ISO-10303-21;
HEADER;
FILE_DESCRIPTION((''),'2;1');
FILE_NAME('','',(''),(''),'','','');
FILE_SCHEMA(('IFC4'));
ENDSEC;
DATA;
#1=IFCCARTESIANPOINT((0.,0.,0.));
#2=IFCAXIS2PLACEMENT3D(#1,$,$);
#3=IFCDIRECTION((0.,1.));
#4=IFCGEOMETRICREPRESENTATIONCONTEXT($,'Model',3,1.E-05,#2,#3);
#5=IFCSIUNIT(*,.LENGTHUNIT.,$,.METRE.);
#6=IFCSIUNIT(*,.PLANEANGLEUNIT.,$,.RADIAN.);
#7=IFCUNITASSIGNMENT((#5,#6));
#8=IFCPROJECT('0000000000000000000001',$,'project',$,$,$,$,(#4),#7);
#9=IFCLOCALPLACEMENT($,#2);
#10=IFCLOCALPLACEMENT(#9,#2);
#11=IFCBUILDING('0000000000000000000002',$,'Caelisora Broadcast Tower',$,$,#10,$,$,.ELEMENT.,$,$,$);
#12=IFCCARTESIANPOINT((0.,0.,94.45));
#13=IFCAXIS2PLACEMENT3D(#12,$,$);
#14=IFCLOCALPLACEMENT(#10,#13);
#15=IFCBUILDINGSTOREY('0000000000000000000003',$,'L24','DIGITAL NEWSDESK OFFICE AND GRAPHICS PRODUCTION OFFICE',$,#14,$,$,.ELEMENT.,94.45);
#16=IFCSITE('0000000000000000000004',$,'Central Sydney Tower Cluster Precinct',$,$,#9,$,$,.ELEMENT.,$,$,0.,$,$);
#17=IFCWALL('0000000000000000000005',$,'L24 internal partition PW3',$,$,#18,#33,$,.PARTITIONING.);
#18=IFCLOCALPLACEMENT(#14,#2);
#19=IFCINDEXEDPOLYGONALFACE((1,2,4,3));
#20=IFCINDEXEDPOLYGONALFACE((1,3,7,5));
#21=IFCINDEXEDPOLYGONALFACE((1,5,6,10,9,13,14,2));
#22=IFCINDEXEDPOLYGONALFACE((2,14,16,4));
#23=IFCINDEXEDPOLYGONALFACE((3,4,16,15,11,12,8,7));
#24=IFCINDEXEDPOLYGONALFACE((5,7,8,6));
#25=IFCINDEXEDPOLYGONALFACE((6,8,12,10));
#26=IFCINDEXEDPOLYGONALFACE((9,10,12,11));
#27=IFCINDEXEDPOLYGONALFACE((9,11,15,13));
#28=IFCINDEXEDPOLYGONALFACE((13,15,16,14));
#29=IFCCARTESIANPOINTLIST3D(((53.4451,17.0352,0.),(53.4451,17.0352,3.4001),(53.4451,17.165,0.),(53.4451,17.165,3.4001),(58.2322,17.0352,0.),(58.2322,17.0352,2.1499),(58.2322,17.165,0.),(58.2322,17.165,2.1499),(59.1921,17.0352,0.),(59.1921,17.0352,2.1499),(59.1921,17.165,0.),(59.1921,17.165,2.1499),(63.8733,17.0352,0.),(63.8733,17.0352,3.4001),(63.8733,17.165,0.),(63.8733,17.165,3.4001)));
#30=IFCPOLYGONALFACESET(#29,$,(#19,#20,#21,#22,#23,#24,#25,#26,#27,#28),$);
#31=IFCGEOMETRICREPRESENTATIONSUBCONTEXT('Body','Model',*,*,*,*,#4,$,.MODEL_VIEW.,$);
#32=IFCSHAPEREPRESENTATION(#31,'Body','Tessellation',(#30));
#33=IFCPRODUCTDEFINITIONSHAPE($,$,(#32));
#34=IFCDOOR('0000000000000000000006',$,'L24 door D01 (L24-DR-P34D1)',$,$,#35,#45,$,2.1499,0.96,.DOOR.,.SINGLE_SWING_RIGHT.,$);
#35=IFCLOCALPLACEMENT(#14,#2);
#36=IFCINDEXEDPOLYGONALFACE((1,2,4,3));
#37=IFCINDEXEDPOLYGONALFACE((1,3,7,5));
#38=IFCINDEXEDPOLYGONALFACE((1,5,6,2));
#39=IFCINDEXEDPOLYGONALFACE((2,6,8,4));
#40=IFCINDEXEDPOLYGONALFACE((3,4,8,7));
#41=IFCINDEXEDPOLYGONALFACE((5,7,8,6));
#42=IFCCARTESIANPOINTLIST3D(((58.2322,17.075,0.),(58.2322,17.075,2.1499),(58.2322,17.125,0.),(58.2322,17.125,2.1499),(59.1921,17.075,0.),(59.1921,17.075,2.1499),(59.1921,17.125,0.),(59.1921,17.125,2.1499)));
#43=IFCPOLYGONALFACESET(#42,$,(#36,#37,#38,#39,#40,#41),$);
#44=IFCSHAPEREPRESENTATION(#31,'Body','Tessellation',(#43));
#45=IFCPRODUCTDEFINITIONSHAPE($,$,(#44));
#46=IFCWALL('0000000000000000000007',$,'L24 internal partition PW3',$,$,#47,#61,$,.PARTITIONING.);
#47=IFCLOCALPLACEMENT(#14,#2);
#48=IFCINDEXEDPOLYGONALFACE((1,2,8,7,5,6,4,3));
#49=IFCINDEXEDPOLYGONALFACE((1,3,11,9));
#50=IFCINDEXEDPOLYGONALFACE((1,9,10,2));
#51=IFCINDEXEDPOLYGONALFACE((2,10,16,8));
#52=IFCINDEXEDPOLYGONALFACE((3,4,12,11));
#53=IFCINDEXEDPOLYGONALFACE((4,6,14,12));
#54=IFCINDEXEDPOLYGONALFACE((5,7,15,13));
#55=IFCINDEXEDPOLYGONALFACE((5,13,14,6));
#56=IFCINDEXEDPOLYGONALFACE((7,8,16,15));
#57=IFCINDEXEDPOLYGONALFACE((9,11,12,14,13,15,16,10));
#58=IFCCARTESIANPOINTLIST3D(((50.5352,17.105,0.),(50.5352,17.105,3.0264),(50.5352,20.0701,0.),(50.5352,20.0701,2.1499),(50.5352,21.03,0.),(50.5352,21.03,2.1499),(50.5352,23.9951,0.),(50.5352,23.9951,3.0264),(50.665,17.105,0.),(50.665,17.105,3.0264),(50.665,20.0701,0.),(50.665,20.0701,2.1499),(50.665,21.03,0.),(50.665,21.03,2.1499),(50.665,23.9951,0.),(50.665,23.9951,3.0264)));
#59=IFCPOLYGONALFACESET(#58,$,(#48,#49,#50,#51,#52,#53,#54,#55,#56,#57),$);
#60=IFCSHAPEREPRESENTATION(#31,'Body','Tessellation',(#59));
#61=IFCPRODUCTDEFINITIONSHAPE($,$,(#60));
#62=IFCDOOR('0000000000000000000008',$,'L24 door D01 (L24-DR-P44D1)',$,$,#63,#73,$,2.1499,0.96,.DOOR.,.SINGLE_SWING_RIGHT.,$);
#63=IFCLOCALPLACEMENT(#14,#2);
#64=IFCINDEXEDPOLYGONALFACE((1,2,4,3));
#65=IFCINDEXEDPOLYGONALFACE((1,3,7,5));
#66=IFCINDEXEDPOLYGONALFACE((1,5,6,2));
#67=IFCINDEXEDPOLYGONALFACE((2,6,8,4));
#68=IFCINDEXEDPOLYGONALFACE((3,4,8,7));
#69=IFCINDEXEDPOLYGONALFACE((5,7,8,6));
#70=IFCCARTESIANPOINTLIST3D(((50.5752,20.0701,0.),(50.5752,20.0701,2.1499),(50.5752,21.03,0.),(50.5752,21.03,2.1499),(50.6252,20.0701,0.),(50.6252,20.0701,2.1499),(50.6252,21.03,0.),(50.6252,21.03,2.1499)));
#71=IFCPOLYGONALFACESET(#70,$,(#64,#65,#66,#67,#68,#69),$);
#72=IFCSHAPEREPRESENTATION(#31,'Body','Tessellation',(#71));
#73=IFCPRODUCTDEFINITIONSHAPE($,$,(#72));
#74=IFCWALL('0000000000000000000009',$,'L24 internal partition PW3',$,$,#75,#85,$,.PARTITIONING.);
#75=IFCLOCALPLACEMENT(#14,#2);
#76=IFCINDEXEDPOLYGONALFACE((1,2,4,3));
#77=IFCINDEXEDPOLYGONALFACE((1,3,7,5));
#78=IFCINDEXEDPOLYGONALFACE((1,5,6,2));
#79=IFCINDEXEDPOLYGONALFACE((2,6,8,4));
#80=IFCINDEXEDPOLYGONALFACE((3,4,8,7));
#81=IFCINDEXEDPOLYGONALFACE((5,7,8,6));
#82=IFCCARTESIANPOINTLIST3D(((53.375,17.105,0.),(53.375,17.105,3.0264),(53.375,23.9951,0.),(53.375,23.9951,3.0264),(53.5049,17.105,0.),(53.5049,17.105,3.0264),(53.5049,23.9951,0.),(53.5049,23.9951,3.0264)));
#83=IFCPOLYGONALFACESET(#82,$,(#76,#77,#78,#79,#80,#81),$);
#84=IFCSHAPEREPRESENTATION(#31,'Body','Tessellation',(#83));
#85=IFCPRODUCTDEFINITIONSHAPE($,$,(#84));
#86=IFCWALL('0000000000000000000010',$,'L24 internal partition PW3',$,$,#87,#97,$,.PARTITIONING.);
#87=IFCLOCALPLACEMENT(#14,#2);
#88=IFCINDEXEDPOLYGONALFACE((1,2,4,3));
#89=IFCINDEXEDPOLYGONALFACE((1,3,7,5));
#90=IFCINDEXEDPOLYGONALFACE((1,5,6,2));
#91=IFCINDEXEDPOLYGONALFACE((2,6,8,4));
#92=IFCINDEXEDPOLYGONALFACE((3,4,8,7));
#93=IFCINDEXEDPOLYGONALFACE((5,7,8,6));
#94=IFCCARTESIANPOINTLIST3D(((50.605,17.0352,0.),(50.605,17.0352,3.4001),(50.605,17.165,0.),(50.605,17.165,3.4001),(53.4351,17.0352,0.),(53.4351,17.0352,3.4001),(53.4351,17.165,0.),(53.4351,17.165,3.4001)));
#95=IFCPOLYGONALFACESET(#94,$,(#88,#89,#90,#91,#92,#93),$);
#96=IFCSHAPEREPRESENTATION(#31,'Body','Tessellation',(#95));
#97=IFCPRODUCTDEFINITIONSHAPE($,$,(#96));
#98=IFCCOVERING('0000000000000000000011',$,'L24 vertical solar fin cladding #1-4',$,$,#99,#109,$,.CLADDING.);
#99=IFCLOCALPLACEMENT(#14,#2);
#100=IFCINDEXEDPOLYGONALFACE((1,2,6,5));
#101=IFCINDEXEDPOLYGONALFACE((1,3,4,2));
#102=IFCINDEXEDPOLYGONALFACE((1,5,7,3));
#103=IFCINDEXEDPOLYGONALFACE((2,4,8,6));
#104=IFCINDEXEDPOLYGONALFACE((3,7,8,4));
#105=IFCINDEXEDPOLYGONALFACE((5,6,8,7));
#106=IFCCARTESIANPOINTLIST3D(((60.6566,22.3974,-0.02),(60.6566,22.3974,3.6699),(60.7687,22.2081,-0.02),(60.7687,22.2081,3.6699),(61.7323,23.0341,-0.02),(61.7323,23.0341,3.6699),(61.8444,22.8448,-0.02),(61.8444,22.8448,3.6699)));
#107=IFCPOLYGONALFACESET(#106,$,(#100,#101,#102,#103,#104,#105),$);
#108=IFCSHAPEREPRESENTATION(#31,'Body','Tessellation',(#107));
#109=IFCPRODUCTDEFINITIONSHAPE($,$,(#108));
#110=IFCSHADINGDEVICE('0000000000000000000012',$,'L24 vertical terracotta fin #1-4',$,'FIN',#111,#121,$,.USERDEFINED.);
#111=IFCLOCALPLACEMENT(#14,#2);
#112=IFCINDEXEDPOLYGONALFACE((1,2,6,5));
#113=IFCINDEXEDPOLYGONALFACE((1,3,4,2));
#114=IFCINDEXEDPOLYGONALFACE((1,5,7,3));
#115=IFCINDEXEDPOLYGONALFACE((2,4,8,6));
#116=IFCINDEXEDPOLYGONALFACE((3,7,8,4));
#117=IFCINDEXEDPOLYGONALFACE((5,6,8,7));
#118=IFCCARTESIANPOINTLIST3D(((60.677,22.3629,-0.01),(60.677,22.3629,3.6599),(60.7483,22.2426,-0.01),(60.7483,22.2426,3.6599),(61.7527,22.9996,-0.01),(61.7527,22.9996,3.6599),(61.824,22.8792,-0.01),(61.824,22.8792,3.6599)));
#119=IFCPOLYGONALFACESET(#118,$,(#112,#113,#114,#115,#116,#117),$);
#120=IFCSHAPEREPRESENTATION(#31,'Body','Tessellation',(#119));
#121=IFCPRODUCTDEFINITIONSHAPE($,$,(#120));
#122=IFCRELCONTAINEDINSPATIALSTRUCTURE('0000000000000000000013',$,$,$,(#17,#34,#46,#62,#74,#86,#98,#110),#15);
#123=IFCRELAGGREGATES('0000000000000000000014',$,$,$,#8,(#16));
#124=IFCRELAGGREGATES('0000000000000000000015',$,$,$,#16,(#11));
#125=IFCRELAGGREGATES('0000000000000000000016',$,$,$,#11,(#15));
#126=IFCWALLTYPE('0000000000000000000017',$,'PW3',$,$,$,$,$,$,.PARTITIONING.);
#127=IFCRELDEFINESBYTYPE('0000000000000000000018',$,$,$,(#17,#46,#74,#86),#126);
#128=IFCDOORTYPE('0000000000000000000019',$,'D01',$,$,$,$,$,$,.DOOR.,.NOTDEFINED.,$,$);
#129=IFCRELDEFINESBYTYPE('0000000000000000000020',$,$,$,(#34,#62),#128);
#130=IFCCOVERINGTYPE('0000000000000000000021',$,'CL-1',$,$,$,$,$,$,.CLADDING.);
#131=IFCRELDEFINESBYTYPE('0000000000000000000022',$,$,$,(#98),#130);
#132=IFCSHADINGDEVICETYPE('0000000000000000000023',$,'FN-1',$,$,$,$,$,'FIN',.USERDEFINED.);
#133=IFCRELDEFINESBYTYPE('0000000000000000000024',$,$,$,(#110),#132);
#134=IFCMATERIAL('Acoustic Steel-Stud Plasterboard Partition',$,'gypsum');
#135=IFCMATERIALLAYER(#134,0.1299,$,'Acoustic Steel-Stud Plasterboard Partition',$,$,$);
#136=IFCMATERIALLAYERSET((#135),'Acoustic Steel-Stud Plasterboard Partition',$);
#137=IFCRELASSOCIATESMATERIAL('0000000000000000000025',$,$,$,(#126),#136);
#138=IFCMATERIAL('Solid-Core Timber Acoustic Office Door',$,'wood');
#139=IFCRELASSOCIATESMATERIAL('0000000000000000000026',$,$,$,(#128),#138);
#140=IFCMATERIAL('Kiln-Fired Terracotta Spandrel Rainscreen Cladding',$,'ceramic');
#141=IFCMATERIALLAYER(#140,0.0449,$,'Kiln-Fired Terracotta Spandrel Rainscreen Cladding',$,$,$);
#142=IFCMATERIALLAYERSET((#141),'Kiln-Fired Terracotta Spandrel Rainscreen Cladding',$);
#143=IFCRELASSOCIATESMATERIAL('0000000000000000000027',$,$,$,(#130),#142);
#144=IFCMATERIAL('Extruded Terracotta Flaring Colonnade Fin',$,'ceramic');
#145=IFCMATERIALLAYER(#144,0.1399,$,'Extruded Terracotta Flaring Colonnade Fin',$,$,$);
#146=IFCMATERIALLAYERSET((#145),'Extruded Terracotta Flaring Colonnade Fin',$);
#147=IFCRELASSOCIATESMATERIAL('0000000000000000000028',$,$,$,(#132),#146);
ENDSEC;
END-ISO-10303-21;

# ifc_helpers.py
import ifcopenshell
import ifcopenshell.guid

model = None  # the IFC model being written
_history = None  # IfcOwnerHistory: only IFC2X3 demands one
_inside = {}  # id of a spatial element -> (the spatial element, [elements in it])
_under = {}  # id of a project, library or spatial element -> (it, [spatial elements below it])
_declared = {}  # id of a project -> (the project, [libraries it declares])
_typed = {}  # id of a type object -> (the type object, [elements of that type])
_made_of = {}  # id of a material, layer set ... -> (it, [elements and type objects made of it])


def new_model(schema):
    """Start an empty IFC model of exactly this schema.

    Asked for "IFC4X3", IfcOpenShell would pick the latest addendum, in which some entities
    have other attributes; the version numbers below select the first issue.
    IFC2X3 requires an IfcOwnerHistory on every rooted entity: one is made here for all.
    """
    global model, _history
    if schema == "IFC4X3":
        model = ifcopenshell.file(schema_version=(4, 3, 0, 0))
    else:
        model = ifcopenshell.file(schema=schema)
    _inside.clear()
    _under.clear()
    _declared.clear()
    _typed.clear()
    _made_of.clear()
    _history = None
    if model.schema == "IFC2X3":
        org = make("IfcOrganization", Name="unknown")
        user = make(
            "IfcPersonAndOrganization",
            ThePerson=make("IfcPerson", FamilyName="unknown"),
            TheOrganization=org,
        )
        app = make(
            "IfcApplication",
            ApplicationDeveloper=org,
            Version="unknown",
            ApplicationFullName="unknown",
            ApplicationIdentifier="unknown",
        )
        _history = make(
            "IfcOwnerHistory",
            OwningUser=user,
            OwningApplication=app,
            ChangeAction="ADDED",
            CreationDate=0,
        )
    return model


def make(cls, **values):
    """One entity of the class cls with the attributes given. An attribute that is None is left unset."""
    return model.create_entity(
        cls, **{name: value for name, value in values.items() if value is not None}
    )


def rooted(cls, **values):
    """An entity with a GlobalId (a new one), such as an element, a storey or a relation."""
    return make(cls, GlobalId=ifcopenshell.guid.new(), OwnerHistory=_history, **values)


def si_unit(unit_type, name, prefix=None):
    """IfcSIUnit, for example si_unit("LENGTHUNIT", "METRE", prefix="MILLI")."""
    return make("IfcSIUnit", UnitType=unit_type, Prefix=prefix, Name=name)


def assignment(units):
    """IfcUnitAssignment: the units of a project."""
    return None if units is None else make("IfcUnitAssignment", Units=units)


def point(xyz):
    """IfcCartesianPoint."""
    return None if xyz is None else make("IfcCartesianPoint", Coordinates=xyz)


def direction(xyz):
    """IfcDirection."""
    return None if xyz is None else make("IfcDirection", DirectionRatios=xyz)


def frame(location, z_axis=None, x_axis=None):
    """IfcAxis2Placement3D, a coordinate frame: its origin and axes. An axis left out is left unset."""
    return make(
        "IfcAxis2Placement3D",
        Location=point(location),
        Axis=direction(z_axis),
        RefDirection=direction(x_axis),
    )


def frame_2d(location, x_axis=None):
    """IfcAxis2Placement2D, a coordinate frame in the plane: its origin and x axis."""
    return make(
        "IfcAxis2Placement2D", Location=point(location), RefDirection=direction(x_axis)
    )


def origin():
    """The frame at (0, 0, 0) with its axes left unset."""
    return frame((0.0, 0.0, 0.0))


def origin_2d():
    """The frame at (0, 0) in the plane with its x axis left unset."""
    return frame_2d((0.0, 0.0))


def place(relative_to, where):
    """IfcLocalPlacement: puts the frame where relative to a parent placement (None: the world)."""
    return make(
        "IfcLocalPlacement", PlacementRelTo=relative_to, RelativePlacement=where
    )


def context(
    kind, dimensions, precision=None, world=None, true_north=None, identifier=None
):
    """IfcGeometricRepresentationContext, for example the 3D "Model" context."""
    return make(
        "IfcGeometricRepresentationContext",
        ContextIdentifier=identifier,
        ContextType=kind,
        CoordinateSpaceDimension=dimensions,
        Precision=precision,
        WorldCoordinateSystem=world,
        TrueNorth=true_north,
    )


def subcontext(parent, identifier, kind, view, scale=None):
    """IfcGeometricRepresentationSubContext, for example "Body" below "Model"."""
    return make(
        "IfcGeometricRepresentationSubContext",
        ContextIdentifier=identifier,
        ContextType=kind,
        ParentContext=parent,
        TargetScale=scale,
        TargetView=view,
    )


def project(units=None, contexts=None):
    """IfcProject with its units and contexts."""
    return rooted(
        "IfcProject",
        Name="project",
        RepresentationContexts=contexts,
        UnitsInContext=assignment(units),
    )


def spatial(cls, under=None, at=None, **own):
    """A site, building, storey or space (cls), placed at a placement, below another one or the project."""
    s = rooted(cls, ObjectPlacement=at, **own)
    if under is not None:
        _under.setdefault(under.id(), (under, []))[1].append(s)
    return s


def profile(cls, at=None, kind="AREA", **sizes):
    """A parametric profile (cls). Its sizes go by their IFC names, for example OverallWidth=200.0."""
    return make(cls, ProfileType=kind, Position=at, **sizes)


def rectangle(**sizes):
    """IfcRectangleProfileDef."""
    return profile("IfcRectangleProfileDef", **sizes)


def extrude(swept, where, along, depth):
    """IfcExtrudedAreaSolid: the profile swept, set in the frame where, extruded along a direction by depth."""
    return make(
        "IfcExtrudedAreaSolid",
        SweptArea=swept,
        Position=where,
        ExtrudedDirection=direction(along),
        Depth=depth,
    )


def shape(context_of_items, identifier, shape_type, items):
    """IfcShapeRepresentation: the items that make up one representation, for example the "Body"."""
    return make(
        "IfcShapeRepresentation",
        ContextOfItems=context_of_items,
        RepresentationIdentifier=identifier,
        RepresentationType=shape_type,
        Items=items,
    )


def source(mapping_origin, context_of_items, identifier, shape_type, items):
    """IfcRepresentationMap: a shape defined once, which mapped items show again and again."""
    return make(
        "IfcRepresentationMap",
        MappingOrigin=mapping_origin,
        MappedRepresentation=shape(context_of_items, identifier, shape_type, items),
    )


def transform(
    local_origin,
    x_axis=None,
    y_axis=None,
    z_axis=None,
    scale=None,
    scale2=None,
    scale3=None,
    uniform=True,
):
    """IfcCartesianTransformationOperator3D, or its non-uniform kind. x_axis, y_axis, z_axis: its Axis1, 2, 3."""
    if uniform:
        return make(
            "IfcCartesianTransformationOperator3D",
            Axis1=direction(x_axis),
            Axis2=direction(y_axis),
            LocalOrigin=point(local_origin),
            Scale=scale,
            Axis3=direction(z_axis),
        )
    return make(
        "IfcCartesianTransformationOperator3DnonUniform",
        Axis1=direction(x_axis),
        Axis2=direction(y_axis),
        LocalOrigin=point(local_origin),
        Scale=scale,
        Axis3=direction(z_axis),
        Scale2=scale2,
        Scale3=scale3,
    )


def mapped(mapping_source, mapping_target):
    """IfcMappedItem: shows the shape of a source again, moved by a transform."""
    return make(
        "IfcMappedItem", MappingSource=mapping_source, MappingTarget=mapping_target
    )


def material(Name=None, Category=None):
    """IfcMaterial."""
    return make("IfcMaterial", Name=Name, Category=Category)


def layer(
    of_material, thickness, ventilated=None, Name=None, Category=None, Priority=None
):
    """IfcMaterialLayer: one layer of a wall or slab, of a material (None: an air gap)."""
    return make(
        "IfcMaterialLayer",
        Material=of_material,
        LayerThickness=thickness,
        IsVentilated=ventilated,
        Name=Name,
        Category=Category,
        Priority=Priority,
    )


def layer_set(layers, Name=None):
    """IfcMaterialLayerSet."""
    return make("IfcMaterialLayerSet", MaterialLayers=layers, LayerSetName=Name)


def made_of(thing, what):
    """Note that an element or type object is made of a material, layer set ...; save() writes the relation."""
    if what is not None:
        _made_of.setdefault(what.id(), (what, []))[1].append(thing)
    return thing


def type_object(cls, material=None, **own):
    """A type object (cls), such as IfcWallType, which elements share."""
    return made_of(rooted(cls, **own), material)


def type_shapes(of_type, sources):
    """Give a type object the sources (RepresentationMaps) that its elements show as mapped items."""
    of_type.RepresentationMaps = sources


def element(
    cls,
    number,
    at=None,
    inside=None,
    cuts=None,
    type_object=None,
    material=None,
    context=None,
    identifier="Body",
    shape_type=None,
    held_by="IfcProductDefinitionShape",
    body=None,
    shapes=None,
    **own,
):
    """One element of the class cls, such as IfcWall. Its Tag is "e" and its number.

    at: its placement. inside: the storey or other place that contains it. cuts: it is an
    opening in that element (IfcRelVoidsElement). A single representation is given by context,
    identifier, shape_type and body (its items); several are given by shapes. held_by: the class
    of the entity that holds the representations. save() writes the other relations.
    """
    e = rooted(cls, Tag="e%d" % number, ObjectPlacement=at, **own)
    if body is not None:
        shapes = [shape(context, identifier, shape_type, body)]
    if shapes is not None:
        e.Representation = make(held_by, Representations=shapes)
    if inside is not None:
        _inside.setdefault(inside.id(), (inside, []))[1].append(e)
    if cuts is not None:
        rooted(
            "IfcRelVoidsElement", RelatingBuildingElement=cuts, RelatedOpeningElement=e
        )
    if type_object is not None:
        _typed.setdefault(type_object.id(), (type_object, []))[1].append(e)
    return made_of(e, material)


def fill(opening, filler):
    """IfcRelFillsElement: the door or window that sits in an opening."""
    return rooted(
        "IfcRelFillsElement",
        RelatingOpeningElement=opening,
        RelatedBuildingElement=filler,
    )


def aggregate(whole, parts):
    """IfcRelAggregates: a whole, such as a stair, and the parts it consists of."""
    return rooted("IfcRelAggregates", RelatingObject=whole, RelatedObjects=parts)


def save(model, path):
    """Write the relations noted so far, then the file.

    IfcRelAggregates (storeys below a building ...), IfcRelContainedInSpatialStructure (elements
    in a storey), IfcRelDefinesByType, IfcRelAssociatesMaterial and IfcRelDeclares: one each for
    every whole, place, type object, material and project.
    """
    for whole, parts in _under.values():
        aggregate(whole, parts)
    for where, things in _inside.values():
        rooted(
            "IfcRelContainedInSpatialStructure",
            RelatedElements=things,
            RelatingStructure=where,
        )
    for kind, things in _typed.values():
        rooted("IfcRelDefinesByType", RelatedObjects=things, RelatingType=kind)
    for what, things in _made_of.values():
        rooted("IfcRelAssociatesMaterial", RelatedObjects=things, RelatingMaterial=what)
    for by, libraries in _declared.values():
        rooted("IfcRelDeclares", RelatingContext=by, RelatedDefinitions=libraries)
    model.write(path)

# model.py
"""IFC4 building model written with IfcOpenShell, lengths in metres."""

from ifc_helpers import new_model, si_unit, direction, frame, frame_2d, origin, origin_2d, place, context, subcontext, project, spatial, rectangle, extrude, source, transform, mapped, material, layer, layer_set, type_object, type_shapes, element, fill, save


model = new_model("IFC4")

# Units and contexts
model_context = context("Model", 3, precision=1e-05, world=origin(), true_north=direction((0.0, 1.0)))
body_context = subcontext(model_context, "Body", "Model", "MODEL_VIEW")
ifc_project = project(units=[si_unit("LENGTHUNIT", "METRE"), si_unit("PLANEANGLEUNIT", "RADIAN")], contexts=[model_context])

# Site, building, storey
site_placement = place(None, origin())
site = spatial("IfcSite", under=ifc_project, at=site_placement, Name="Central Sydney Tower Cluster Precinct", CompositionType="ELEMENT", RefElevation=0.0)
building_placement = place(site_placement, origin())
building = spatial("IfcBuilding", under=site, at=building_placement, Name="Caelisora Broadcast Tower", CompositionType="ELEMENT")
storey_placement = place(building_placement, frame((0.0, 0.0, 94.45)))
storey = spatial("IfcBuildingStorey", under=building, at=storey_placement, Name="L24", Description="DIGITAL NEWSDESK OFFICE AND GRAPHICS PRODUCTION OFFICE", CompositionType="ELEMENT", Elevation=94.45)

# Walls, openings, doors
ifc_material_1 = material(Name="Acoustic Steel-Stud Plasterboard Partition", Category="gypsum")
ifc_layer_1 = layer(ifc_material_1, 0.1299, Name="Acoustic Steel-Stud Plasterboard Partition")
ifc_layer_set_1 = layer_set([ifc_layer_1], Name="Acoustic Steel-Stud Plasterboard Partition")
wall_type_1 = type_object("IfcWallType", Name="PW3", PredefinedType="PARTITIONING", material=ifc_layer_set_1)
wall_1_placement = place(storey_placement, frame((53.4451, 17.1001, 0.0), z_axis=(0.0, 0.0, 1.0), x_axis=(1.0, 0.0, 0.0)))
wall_1 = element("IfcWall", 1, at=wall_1_placement, inside=storey, type_object=wall_type_1, Name="L24 internal partition PW3", PredefinedType="PARTITIONING", context=body_context, shape_type="SweptSolid", body=[
    extrude(rectangle(XDim=10.4282, YDim=0.1299, at=frame_2d((5.2141, 0.0))), origin(), (0.0, 0.0, 1.0), 3.4001),
])
opening_1_placement = place(wall_1_placement, frame((4.7871, 0.0, 0.0)))
opening_1 = element("IfcOpeningElement", 2, at=opening_1_placement, cuts=wall_1, PredefinedType="OPENING", context=body_context, shape_type="SweptSolid", body=[
    extrude(rectangle(XDim=0.96, YDim=2.1499, at=frame_2d((0.48, 1.075))), frame((0.0, 0.0769, 0.0), z_axis=(0.0, -1.0, 0.0), x_axis=(1.0, 0.0, 0.0)), (0.0, 0.0, 1.0), 0.1538),
])
ifc_material_2 = material(Name="Solid-Core Timber Acoustic Office Door", Category="wood")
door_type_1 = type_object("IfcDoorType", Name="D01", OperationType="NOTDEFINED", PredefinedType="DOOR", material=ifc_material_2)
door_1_placement = place(opening_1_placement, origin())
door_1 = element("IfcDoor", 3, at=door_1_placement, inside=storey, type_object=door_type_1, Name="L24 door D01 (L24-DR-P34D1)", OperationType="SINGLE_SWING_RIGHT", OverallHeight=2.1499, OverallWidth=0.96, PredefinedType="DOOR", context=body_context, shape_type="SweptSolid", body=[
    extrude(rectangle(XDim=0.96, YDim=2.1499, at=frame_2d((0.48, 1.075))), frame((0.0, 0.0249, 0.0), z_axis=(0.0, -1.0, 0.0), x_axis=(1.0, 0.0, 0.0)), (0.0, 0.0, 1.0), 0.05),
])
fill(opening_1, door_1)
wall_2_placement = place(storey_placement, frame((50.6001, 17.105, 0.0), z_axis=(0.0, 0.0, 1.0), x_axis=(0.0, 1.0, 0.0)))
wall_2 = element("IfcWall", 4, at=wall_2_placement, inside=storey, type_object=wall_type_1, Name="L24 internal partition PW3", PredefinedType="PARTITIONING", context=body_context, shape_type="SweptSolid", body=[
    extrude(rectangle(XDim=6.8901, YDim=0.1299, at=frame_2d((3.4451, 0.0))), origin(), (0.0, 0.0, 1.0), 3.0264),
])
opening_2_placement = place(wall_2_placement, frame((2.9651, 0.0, 0.0)))
opening_2 = element("IfcOpeningElement", 5, at=opening_2_placement, cuts=wall_2, PredefinedType="OPENING", context=body_context, shape_type="SweptSolid", body=[
    extrude(rectangle(XDim=0.96, YDim=2.1499, at=frame_2d((0.48, 1.075))), frame((0.0, 0.0769, 0.0), z_axis=(0.0, -1.0, 0.0), x_axis=(1.0, 0.0, 0.0)), (0.0, 0.0, 1.0), 0.1538),
])
door_2_placement = place(opening_2_placement, origin())
door_2 = element("IfcDoor", 6, at=door_2_placement, inside=storey, type_object=door_type_1, Name="L24 door D01 (L24-DR-P44D1)", OperationType="SINGLE_SWING_RIGHT", OverallHeight=2.1499, OverallWidth=0.96, PredefinedType="DOOR", context=body_context, shape_type="SweptSolid", body=[
    extrude(rectangle(XDim=0.96, YDim=2.1499, at=frame_2d((0.48, 1.075))), frame((0.0, 0.0249, 0.0), z_axis=(0.0, -1.0, 0.0), x_axis=(1.0, 0.0, 0.0)), (0.0, 0.0, 1.0), 0.05),
])
fill(opening_2, door_2)

# Walls
wall_3_placement = place(storey_placement, frame((53.4399, 17.105, 0.0), z_axis=(0.0, 0.0, 1.0), x_axis=(0.0, 1.0, 0.0)))
element("IfcWall", 7, at=wall_3_placement, inside=storey, type_object=wall_type_1, Name="L24 internal partition PW3", PredefinedType="PARTITIONING", context=body_context, shape_type="SweptSolid", body=[
    extrude(rectangle(XDim=6.8901, YDim=0.1299, at=frame_2d((3.4451, 0.0))), origin(), (0.0, 0.0, 1.0), 3.0264),
])
wall_4_placement = place(storey_placement, frame((53.4351, 17.1001, 0.0), z_axis=(0.0, 0.0, 1.0), x_axis=(-1.0, 0.0, 0.0)))
element("IfcWall", 8, at=wall_4_placement, inside=storey, type_object=wall_type_1, Name="L24 internal partition PW3", PredefinedType="PARTITIONING", context=body_context, shape_type="SweptSolid", body=[
    extrude(rectangle(XDim=2.8301, YDim=0.1299, at=frame_2d((1.415, 0.0))), origin(), (0.0, 0.0, 1.0), 3.4001),
])

# Covering
ifc_material_3 = material(Name="Kiln-Fired Terracotta Spandrel Rainscreen Cladding", Category="ceramic")
ifc_layer_2 = layer(ifc_material_3, 0.0449, Name="Kiln-Fired Terracotta Spandrel Rainscreen Cladding")
ifc_layer_set_2 = layer_set([ifc_layer_2], Name="Kiln-Fired Terracotta Spandrel Rainscreen Cladding")
covering_type = type_object("IfcCoveringType", Name="CL-1", PredefinedType="CLADDING", material=ifc_layer_set_2)
shared_shape_1 = source(origin(), body_context, "Body", "SweptSolid", [
    extrude(rectangle(XDim=0.22, YDim=1.25, at=origin_2d()), origin(), (0.0, 0.0, 1.0), 3.6899),
])
type_shapes(covering_type, [shared_shape_1])
covering_placement = place(storey_placement, frame((61.2505, 22.6211, -0.02), z_axis=(0.0, 0.0, 1.0), x_axis=(0.509342, -0.860564, 0.0)))
element("IfcCovering", 9, at=covering_placement, inside=storey, type_object=covering_type, Name="L24 vertical solar fin cladding #1-4", PredefinedType="CLADDING", context=body_context, shape_type="MappedRepresentation", body=[
    mapped(shared_shape_1, transform((0.0, 0.0, 0.0), scale=1.0)),
])

# Shading device
ifc_material_4 = material(Name="Extruded Terracotta Flaring Colonnade Fin", Category="ceramic")
ifc_layer_3 = layer(ifc_material_4, 0.1399, Name="Extruded Terracotta Flaring Colonnade Fin")
ifc_layer_set_3 = layer_set([ifc_layer_3], Name="Extruded Terracotta Flaring Colonnade Fin")
shading_device_type = type_object("IfcShadingDeviceType", Name="FN-1", ElementType="FIN", PredefinedType="USERDEFINED", material=ifc_layer_set_3)
shared_shape_2 = source(origin(), body_context, "Body", "SweptSolid", [
    extrude(rectangle(XDim=0.1399, YDim=1.25, at=origin_2d()), origin(), (0.0, 0.0, 1.0), 3.6699),
])
type_shapes(shading_device_type, [shared_shape_2])
shading_device_placement = place(storey_placement, frame((61.2505, 22.6211, -0.01), z_axis=(0.0, 0.0, 1.0), x_axis=(0.509342, -0.860564, 0.0)))
element("IfcShadingDevice", 10, at=shading_device_placement, inside=storey, type_object=shading_device_type, Name="L24 vertical terracotta fin #1-4", ObjectType="FIN", PredefinedType="USERDEFINED", context=body_context, shape_type="MappedRepresentation", body=[
    mapped(shared_shape_2, transform((0.0, 0.0, 0.0), scale=1.0)),
])

save(model, "model.ifc")
